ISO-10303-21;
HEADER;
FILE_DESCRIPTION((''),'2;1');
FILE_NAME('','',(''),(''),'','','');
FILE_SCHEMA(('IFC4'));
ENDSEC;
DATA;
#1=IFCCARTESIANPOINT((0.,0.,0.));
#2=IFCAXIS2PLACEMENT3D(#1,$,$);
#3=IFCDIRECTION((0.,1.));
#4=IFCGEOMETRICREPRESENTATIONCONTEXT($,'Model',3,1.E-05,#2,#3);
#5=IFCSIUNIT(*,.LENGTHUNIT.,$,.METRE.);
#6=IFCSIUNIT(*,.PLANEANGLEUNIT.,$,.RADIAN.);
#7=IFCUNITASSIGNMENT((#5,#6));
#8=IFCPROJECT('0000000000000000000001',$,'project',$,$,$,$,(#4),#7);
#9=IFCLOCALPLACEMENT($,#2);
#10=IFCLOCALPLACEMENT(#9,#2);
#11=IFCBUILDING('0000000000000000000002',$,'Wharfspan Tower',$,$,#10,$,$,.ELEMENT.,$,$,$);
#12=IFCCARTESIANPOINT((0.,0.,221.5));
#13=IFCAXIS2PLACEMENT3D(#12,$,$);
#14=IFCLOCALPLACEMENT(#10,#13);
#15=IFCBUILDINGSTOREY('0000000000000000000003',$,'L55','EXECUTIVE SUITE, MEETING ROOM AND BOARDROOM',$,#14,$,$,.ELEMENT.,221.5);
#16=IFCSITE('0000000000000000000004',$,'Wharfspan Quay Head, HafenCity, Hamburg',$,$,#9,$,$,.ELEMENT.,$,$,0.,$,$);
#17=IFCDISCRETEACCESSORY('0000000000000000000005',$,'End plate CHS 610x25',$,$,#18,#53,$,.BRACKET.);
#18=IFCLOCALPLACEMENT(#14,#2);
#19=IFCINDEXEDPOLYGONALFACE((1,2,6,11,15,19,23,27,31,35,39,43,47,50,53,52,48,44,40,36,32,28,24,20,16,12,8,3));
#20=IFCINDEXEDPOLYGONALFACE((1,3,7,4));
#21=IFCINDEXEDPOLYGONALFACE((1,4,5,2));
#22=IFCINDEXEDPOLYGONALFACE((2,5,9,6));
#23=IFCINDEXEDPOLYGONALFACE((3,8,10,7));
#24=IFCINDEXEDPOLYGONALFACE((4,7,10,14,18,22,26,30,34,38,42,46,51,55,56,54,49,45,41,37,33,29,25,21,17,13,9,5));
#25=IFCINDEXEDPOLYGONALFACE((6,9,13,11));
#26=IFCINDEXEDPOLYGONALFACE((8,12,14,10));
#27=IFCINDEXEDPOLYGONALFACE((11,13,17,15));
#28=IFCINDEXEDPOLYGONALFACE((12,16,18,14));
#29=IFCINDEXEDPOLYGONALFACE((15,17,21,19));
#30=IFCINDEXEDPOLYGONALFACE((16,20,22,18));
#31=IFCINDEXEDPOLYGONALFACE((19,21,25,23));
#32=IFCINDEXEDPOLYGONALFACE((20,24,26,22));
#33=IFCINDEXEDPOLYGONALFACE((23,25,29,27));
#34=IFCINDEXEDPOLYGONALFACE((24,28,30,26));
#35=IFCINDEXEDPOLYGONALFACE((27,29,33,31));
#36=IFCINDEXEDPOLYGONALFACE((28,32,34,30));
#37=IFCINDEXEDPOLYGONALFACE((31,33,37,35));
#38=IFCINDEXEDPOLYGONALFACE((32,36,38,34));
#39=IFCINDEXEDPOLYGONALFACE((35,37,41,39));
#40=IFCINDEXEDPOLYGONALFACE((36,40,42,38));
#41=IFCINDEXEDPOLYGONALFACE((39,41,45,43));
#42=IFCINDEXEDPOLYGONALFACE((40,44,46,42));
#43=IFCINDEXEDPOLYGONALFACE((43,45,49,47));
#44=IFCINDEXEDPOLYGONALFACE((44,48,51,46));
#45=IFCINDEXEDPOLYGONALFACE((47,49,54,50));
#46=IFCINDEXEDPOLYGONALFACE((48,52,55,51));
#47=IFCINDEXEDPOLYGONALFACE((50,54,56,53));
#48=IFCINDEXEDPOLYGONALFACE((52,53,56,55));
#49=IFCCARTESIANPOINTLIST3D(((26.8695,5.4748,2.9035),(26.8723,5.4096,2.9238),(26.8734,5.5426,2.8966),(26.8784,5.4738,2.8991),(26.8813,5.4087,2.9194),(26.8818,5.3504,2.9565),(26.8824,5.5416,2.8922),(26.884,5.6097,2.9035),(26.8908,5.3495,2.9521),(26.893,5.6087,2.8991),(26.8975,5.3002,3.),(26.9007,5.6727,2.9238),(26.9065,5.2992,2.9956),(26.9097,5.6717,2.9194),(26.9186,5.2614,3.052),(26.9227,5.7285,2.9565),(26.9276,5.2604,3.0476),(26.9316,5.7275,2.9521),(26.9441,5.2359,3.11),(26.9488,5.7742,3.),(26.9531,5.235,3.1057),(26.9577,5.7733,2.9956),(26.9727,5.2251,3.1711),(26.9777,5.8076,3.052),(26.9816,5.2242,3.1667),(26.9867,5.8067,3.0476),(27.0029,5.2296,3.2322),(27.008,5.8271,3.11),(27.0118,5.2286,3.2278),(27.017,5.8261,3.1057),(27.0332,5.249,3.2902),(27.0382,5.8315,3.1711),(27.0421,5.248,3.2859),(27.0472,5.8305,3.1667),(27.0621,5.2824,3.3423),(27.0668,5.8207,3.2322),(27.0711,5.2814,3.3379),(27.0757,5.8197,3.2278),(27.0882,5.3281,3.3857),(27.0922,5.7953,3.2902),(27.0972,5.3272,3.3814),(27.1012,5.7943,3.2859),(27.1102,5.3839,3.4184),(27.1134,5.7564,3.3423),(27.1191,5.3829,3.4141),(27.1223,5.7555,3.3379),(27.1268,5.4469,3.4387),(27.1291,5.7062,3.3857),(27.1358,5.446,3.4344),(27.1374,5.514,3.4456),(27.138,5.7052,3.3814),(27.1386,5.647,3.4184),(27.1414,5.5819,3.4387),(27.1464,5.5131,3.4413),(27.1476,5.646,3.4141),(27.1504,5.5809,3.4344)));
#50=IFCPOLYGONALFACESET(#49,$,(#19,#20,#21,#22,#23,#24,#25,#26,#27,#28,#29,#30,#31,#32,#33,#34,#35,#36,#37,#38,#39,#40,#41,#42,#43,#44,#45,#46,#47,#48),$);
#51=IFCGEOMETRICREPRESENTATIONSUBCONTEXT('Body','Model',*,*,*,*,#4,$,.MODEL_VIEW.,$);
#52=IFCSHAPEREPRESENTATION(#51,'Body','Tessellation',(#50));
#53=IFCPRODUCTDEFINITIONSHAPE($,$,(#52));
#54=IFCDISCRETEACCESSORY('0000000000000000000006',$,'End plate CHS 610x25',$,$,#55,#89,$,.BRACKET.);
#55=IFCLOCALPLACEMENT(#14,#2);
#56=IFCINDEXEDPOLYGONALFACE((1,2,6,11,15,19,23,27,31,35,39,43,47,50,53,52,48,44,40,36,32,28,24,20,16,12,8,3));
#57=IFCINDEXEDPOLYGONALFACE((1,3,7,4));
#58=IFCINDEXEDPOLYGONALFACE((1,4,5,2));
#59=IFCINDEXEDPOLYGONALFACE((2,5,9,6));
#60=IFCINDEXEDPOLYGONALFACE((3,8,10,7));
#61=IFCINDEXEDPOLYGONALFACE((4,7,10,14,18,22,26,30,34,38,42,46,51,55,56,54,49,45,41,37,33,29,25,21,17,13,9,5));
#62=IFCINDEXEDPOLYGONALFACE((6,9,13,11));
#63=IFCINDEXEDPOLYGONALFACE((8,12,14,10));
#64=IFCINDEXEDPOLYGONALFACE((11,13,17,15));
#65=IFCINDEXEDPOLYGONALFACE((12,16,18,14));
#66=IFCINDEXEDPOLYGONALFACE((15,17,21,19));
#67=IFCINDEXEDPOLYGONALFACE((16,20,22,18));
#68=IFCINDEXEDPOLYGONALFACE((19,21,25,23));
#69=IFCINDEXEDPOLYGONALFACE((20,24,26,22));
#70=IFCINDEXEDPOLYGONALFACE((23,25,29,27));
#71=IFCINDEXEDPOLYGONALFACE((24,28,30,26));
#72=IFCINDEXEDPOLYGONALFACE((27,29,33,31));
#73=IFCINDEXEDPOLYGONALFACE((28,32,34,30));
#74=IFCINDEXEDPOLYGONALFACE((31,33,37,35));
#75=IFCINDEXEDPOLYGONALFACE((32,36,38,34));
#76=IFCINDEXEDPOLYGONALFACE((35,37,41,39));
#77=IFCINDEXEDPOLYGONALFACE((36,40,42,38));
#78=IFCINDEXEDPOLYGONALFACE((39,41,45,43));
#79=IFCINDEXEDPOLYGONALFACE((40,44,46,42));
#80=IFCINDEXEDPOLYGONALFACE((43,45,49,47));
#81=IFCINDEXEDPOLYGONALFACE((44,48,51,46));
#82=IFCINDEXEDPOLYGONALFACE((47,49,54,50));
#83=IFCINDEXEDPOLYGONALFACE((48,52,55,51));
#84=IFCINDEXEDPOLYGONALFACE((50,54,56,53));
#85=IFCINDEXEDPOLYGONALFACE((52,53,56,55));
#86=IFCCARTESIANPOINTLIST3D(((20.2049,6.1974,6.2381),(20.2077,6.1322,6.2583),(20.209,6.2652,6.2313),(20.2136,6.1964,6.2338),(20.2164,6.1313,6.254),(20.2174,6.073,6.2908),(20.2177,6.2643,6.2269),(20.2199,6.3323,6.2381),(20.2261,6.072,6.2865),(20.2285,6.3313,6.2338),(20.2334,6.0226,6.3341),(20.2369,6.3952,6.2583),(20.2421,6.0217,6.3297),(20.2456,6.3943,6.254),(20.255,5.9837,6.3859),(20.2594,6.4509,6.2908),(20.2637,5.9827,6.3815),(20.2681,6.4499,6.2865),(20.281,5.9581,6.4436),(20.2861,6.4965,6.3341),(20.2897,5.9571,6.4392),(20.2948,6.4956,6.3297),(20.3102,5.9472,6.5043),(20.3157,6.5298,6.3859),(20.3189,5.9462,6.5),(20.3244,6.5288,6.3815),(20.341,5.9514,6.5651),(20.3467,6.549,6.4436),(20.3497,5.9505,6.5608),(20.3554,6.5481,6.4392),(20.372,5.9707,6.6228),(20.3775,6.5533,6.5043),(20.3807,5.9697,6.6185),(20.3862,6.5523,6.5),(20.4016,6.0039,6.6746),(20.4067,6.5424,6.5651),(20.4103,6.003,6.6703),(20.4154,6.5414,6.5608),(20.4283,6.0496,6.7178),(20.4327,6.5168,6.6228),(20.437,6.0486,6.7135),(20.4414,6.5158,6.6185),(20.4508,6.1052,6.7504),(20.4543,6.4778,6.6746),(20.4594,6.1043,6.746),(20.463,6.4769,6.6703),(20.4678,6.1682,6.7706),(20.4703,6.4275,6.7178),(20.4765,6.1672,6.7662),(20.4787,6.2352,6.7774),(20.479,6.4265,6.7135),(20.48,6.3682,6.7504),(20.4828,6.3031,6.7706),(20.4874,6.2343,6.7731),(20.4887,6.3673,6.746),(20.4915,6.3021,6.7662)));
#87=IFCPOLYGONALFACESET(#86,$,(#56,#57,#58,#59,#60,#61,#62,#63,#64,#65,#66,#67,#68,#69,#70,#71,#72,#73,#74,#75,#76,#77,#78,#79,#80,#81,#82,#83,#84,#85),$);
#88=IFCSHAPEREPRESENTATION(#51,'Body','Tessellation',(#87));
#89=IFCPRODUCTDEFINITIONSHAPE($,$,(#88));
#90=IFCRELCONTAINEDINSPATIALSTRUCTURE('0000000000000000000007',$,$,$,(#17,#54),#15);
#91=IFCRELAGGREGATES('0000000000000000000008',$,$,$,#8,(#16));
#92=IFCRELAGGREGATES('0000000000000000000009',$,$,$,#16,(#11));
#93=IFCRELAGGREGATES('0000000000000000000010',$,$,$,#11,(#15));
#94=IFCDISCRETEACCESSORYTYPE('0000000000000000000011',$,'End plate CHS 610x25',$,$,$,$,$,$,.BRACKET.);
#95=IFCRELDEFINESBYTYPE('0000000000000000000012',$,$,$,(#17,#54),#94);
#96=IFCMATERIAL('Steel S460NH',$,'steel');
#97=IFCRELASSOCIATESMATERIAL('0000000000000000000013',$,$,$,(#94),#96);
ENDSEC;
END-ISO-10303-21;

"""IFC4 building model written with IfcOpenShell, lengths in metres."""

from ifc_helpers import new_model, si_unit, direction, frame, origin, origin_2d, place, context, subcontext, project, spatial, circle, extrude, material, material_profile, profile_set, type_object, element, save


model = new_model("IFC4")

# Units and contexts
model_context = context("Model", 3, precision=1e-05, world=origin(), true_north=direction((0.0, 1.0)))
body_context = subcontext(model_context, "Body", "Model", "MODEL_VIEW")
ifc_project = project(units=[si_unit("LENGTHUNIT", "METRE"), si_unit("PLANEANGLEUNIT", "RADIAN")], contexts=[model_context])

# Site, building, storey
site_placement = place(None, origin())
site = spatial("IfcSite", under=ifc_project, at=site_placement, Name="Wharfspan Quay Head, HafenCity, Hamburg", CompositionType="ELEMENT", RefElevation=0.0)
building_placement = place(site_placement, origin())
building = spatial("IfcBuilding", under=site, at=building_placement, Name="Wharfspan Tower", CompositionType="ELEMENT")
storey_placement = place(building_placement, frame((0.0, 0.0, 221.5)))
storey = spatial("IfcBuildingStorey", under=building, at=storey_placement, Name="L55", Description="EXECUTIVE SUITE, MEETING ROOM AND BOARDROOM", CompositionType="ELEMENT", Elevation=221.5)

# Shared definitions
ifc_material_1 = material(Name="Steel S460NH", Category="steel")

# Discrete accessories
ifc_material_profile_1 = material_profile(ifc_material_1, circle(Radius=0.3049, at=origin_2d()))
ifc_profile_set_1 = profile_set([ifc_material_profile_1], Name="Steel S460NH")
discrete_accessory_type = type_object("IfcDiscreteAccessoryType", Name="End plate CHS 610x25", PredefinedType="BRACKET", material=ifc_profile_set_1)
discrete_accessory_1_placement = place(storey_placement, frame((27.0144, 5.5273, 3.1667), z_axis=(-0.895016, 0.096758, 0.435413), x_axis=(-0.107482, -0.994209, -0.000001)))
element("IfcDiscreteAccessory", 1, at=discrete_accessory_1_placement, inside=storey, type_object=discrete_accessory_type, Name="End plate CHS 610x25", PredefinedType="BRACKET", context=body_context, shape_type="SweptSolid", body=[
    extrude(circle(Radius=0.3049, at=origin_2d()), origin(), (0.0, 0.0, 1.0), 0.01),
])
discrete_accessory_2_placement = place(storey_placement, frame((20.3525, 6.2493, 6.5), z_axis=(-0.890043, 0.098894, 0.445021), x_axis=(-0.110431, -0.99388, 0.000001)))
element("IfcDiscreteAccessory", 2, at=discrete_accessory_2_placement, inside=storey, type_object=discrete_accessory_type, Name="End plate CHS 610x25", PredefinedType="BRACKET", context=body_context, shape_type="SweptSolid", body=[
    extrude(circle(Radius=0.3049, at=origin_2d()), origin(), (0.0, 0.0, 1.0), 0.0098),
])

save(model, "model.ifc")
